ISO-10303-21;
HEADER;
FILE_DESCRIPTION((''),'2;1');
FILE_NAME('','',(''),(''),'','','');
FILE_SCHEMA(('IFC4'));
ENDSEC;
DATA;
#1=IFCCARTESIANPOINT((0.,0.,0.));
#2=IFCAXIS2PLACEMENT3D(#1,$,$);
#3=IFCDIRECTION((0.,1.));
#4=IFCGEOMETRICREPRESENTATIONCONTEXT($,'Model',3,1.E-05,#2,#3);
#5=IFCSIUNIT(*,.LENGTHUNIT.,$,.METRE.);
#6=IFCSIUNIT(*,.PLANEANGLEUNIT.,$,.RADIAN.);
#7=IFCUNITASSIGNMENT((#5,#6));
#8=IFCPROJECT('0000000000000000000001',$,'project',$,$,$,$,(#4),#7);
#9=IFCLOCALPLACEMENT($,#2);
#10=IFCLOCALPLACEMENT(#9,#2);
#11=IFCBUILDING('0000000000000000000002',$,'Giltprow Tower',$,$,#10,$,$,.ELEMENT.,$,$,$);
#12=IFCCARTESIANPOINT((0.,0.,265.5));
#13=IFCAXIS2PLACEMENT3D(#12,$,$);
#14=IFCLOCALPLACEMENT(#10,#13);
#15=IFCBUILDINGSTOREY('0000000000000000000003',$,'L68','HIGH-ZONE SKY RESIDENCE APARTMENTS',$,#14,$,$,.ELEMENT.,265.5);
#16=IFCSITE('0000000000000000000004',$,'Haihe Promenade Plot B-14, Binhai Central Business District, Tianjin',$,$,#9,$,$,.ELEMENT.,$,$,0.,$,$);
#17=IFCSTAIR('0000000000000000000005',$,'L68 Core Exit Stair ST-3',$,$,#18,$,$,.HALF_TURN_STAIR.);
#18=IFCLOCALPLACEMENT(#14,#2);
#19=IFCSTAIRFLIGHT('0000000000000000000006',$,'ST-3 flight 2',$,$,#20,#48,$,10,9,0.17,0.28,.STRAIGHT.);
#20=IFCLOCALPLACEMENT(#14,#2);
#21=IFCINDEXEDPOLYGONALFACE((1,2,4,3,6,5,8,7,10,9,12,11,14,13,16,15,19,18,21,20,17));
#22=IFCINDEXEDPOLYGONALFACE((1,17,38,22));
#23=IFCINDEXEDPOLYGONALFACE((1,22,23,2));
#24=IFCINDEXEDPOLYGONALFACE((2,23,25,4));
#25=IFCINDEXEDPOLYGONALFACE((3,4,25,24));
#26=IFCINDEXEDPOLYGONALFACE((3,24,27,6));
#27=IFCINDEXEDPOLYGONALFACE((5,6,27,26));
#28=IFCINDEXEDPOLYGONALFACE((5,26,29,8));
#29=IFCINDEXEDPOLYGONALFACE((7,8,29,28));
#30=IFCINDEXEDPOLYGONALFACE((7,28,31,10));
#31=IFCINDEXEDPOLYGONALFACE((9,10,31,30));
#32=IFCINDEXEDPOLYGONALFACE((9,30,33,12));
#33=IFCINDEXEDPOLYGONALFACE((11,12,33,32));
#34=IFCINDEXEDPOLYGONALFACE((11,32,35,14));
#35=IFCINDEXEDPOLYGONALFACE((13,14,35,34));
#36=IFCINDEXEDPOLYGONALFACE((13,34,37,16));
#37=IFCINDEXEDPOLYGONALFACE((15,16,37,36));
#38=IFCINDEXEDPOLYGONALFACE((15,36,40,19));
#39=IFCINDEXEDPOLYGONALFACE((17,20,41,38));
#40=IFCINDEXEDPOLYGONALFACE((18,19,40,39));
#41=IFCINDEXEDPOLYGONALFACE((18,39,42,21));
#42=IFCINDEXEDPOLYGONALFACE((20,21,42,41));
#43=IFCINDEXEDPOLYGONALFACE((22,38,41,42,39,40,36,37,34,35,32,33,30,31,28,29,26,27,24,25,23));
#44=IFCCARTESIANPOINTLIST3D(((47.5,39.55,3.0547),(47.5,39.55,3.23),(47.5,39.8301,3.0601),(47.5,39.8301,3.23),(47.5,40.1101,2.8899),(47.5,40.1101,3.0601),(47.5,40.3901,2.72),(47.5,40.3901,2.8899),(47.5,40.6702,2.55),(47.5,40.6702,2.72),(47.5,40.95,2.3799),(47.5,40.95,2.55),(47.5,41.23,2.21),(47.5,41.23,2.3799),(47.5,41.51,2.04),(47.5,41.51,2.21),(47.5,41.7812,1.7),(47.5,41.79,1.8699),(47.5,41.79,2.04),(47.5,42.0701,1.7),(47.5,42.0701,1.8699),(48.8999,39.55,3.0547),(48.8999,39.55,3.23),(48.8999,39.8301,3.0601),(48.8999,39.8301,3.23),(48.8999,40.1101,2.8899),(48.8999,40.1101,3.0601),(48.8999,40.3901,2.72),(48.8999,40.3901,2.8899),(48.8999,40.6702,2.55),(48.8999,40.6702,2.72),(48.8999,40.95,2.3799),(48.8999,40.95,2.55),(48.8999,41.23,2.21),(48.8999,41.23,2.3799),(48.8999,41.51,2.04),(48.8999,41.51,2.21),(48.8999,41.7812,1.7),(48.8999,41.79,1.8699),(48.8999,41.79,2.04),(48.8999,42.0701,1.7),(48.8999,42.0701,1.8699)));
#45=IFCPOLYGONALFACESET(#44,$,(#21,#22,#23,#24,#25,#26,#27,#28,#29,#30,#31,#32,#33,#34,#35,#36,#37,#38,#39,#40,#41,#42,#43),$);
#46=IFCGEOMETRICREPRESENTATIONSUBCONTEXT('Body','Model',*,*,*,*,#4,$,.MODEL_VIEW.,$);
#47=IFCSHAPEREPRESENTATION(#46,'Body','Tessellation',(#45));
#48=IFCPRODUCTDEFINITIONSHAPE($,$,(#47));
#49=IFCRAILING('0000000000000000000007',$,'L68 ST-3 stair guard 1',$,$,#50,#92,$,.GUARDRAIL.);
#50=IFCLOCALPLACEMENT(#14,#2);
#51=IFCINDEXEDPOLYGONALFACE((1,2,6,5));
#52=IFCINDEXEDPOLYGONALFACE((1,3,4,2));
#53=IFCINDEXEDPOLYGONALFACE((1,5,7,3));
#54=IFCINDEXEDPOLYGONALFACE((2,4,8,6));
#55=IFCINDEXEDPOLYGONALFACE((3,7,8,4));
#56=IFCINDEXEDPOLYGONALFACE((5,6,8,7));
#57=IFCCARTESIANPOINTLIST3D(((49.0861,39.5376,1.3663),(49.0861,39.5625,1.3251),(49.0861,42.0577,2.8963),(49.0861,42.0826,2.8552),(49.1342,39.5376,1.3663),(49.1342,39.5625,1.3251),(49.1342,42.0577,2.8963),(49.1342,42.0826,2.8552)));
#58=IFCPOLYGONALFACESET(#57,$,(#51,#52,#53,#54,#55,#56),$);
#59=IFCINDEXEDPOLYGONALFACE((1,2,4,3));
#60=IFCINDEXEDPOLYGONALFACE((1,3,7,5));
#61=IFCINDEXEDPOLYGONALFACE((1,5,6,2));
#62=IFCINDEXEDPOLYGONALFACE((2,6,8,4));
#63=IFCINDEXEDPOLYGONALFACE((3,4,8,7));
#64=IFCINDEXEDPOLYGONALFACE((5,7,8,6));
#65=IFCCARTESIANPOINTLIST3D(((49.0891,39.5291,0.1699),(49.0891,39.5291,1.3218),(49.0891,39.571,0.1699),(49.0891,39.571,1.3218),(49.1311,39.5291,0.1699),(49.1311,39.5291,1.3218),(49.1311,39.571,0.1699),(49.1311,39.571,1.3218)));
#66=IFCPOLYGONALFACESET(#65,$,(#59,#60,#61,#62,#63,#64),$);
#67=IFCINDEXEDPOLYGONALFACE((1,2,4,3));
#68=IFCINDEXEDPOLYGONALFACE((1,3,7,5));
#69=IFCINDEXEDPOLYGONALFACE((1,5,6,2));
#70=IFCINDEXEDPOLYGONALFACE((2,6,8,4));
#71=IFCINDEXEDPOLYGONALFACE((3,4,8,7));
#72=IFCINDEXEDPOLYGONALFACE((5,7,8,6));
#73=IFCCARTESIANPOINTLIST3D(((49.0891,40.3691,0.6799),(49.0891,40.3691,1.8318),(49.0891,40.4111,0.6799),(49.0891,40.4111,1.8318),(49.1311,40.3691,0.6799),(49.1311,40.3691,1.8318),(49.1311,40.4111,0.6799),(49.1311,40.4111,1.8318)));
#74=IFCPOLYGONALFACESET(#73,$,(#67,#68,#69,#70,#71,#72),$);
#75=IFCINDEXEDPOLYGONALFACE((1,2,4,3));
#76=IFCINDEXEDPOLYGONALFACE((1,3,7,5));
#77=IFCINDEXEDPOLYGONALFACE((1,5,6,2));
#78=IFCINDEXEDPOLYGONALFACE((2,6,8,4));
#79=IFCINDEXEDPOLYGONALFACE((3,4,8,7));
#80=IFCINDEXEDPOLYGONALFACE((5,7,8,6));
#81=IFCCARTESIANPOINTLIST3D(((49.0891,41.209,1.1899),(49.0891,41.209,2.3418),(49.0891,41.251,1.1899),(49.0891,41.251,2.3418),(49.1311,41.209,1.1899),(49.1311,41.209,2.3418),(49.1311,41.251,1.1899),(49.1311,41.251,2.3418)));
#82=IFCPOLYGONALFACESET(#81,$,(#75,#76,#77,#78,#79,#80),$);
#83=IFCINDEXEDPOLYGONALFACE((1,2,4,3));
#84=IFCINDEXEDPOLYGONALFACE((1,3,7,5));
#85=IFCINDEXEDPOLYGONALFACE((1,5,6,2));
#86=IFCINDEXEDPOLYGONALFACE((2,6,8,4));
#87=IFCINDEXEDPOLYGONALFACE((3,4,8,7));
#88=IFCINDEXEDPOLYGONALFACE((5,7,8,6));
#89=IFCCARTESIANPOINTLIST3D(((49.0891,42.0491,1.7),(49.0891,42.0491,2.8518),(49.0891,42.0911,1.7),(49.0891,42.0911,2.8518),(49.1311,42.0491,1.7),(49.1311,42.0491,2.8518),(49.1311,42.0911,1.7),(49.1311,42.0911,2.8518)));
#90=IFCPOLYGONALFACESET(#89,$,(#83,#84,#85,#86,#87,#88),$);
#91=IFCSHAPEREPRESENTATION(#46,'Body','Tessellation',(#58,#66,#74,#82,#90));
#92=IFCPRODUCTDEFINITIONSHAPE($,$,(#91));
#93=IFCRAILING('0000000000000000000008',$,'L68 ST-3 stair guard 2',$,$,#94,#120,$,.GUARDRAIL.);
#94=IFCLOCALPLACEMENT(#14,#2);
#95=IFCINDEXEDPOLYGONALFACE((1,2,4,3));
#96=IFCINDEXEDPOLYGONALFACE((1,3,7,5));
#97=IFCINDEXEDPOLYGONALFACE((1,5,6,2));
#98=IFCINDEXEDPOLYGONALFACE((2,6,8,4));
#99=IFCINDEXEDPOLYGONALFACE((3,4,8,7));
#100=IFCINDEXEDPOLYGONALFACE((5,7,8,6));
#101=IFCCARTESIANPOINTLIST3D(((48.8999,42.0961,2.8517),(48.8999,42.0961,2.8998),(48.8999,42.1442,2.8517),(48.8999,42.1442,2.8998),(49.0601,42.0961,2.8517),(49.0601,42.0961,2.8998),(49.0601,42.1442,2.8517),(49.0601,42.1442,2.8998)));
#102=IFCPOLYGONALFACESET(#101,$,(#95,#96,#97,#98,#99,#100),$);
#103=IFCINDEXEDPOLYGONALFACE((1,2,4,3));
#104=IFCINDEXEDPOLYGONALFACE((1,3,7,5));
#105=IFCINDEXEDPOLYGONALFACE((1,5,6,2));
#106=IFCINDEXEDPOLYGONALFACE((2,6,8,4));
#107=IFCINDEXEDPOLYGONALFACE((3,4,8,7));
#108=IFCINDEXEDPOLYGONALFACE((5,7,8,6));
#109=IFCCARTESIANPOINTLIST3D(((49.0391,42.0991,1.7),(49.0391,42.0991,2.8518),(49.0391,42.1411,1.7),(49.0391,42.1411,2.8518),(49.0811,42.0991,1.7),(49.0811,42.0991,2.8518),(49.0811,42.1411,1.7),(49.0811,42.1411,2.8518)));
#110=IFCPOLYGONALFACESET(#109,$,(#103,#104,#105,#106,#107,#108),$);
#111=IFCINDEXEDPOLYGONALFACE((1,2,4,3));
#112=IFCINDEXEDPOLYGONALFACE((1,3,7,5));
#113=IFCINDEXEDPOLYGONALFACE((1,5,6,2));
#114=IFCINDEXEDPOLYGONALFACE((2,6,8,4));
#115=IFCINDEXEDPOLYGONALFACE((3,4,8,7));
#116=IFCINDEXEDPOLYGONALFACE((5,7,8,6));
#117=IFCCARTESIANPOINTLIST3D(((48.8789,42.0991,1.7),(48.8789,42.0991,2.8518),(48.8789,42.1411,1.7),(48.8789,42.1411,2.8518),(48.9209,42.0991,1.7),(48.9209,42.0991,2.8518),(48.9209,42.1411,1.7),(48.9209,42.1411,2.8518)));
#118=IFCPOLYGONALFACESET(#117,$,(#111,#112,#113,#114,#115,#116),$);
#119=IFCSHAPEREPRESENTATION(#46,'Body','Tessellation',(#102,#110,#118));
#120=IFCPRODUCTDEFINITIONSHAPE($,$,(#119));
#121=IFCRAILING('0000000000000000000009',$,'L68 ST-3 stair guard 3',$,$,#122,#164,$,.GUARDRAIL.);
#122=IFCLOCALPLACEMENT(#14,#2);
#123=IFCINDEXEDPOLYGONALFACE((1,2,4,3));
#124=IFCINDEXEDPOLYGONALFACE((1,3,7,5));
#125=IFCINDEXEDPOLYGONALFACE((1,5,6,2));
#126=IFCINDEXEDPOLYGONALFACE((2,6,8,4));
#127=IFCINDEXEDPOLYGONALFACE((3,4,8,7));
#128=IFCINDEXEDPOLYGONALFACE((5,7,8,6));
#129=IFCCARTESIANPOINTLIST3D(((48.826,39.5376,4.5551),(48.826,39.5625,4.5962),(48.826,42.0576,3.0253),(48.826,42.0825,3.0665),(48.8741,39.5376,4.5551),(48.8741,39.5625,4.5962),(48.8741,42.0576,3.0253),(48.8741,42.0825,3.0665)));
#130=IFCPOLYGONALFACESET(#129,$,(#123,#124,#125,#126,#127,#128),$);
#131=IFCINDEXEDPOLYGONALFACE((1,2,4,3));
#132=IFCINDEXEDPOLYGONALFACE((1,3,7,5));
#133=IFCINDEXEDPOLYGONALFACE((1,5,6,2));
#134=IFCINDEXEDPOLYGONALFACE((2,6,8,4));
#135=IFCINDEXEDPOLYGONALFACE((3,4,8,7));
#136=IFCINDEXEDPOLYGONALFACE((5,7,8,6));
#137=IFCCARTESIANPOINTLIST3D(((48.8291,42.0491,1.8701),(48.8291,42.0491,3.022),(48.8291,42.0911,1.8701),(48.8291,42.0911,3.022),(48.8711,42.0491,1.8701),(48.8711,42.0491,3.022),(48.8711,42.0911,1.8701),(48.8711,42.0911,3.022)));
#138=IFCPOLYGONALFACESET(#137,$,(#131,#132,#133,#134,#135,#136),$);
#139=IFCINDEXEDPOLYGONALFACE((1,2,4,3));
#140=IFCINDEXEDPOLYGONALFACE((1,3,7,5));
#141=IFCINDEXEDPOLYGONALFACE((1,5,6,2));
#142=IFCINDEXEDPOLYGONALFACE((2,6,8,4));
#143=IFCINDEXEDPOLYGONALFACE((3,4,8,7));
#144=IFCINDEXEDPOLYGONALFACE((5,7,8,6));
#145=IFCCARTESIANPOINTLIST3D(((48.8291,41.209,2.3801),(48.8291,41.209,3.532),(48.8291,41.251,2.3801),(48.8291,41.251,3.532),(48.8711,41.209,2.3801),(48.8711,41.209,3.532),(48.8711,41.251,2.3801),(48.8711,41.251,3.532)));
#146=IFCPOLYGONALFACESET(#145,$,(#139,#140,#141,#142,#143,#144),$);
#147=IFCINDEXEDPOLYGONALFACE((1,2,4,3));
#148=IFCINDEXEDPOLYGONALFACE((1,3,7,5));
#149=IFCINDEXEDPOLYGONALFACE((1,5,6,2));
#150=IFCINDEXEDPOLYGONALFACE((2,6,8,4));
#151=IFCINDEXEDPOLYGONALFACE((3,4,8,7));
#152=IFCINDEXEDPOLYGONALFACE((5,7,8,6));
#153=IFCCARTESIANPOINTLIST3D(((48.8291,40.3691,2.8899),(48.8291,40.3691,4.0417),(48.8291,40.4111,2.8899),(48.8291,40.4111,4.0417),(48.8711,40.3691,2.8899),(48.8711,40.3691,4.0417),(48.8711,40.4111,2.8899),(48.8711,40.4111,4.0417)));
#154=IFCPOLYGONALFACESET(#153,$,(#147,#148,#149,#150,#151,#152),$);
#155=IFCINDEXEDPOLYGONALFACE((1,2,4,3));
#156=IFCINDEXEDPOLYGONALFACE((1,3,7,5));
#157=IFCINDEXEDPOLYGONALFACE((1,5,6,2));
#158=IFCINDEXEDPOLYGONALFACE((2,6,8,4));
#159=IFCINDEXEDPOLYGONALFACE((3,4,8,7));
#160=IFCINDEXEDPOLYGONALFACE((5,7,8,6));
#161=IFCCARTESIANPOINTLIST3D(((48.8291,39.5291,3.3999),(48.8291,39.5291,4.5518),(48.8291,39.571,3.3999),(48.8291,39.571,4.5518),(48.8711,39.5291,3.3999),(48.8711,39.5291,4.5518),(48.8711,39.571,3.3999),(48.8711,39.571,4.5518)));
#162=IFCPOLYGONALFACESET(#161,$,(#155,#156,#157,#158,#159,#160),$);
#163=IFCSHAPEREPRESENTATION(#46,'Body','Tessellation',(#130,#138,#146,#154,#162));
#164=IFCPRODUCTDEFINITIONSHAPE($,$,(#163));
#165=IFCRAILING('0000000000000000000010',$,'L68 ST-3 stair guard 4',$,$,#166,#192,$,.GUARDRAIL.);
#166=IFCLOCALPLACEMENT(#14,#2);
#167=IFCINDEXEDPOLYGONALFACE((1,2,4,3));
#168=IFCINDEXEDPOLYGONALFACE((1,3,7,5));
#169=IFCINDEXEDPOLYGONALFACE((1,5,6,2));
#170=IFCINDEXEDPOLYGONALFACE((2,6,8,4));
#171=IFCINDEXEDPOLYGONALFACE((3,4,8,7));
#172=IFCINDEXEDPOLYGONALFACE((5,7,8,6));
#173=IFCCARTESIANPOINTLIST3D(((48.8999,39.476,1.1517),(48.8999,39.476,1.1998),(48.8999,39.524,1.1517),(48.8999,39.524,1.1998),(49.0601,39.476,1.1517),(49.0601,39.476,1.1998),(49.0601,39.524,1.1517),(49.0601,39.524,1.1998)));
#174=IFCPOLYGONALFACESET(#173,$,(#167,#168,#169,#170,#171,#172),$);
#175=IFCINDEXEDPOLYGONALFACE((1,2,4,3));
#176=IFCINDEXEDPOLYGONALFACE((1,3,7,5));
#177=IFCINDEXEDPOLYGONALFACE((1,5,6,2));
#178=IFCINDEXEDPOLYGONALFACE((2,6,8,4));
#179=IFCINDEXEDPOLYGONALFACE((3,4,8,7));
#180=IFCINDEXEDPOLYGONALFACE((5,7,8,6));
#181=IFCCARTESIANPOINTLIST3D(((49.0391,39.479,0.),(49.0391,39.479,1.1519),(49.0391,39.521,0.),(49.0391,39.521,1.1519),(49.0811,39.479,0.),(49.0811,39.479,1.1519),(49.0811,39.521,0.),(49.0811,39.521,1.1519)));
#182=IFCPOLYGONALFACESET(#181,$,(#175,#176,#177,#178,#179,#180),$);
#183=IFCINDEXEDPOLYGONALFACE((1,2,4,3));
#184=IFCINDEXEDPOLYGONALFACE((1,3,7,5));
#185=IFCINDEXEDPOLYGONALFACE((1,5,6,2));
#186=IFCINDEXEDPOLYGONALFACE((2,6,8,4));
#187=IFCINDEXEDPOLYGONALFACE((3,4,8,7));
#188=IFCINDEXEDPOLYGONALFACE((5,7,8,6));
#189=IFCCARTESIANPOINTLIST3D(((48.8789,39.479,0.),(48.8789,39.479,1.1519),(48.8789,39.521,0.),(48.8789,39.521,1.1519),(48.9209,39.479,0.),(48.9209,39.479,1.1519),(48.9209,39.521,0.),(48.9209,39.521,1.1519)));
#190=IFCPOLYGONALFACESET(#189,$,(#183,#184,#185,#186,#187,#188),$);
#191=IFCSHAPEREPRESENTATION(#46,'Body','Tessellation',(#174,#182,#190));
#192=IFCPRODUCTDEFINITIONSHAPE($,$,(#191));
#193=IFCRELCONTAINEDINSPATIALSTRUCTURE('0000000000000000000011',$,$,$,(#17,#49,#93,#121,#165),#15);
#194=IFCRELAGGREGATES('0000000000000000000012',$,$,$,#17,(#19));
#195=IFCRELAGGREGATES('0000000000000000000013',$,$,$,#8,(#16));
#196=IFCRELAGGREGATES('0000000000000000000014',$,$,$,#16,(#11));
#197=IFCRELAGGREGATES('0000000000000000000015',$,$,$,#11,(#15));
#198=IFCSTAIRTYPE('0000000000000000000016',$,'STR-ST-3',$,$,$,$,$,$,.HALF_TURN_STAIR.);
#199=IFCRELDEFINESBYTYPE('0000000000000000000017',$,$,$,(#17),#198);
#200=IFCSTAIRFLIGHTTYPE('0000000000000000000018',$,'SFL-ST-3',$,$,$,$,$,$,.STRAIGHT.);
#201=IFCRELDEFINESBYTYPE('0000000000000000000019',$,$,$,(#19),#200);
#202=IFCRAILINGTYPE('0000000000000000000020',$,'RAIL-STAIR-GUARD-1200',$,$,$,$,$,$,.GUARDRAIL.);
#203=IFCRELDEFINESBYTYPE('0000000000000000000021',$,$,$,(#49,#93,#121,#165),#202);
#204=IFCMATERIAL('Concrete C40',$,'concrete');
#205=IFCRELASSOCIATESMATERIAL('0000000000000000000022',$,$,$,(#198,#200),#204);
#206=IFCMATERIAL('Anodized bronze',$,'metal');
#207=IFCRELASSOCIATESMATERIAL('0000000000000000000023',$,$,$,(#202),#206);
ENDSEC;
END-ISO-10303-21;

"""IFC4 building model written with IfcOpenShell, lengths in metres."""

from ifc_helpers import new_model, si_unit, direction, frame, origin, origin_2d, place, context, subcontext, project, spatial, polyline, rectangle, outline, extrude, material, type_object, element, aggregate, save


model = new_model("IFC4")

# Units and contexts
model_context = context("Model", 3, precision=1e-05, world=origin(), true_north=direction((0.0, 1.0)))
body_context = subcontext(model_context, "Body", "Model", "MODEL_VIEW")
ifc_project = project(units=[si_unit("LENGTHUNIT", "METRE"), si_unit("PLANEANGLEUNIT", "RADIAN")], contexts=[model_context])

# Site, building, storey
site_placement = place(None, origin())
site = spatial("IfcSite", under=ifc_project, at=site_placement, Name="Haihe Promenade Plot B-14, Binhai Central Business District, Tianjin", CompositionType="ELEMENT", RefElevation=0.0)
building_placement = place(site_placement, origin())
building = spatial("IfcBuilding", under=site, at=building_placement, Name="Giltprow Tower", CompositionType="ELEMENT")
storey_placement = place(building_placement, frame((0.0, 0.0, 265.5)))
storey = spatial("IfcBuildingStorey", under=building, at=storey_placement, Name="L68", Description="HIGH-ZONE SKY RESIDENCE APARTMENTS", CompositionType="ELEMENT", Elevation=265.5)

# Stair, stair flight
ifc_material_1 = material(Name="Concrete C40", Category="concrete")
stair_type = type_object("IfcStairType", Name="STR-ST-3", PredefinedType="HALF_TURN_STAIR", material=ifc_material_1)
stair_placement = place(storey_placement, origin())
stair = element("IfcStair", 1, at=stair_placement, inside=storey, type_object=stair_type, Name="L68 Core Exit Stair ST-3", PredefinedType="HALF_TURN_STAIR")
stair_flight_type = type_object("IfcStairFlightType", Name="SFL-ST-3", PredefinedType="STRAIGHT", material=ifc_material_1)
stair_flight_1_placement = place(storey_placement, frame((48.2, 42.0701, 1.7), z_axis=(0.0, 0.0, 1.0), x_axis=(0.0, -1.0, 0.0)))
stair_flight_1 = element("IfcStairFlight", 2, at=stair_flight_1_placement, type_object=stair_flight_type, Name="ST-3 flight 2", NumberOfRisers=10, NumberOfTreads=9, PredefinedType="STRAIGHT", RiserHeight=0.17, TreadLength=0.28, context=body_context, shape_type="SweptSolid", body=[
    extrude(outline(polyline([(0.0, 0.0), (0.0, 0.1699), (0.28, 0.1699), (0.28, 0.3401), (0.5601, 0.3401), (0.5601, 0.51), (0.8401, 0.51), (0.8401, 0.6799), (1.1201, 0.6799), (1.1201, 0.8501), (1.3999, 0.8501), (1.3999, 1.02), (1.6799, 1.02), (1.6799, 1.1899), (1.96, 1.1899), (1.96, 1.3601), (2.24, 1.3601), (2.24, 1.53), (2.52, 1.53), (2.52, 1.7), (2.52, 1.3547), (0.2888, 0.0), (0.0, 0.0)])), frame((0.0, 0.7, 0.0), z_axis=(0.0, -1.0, 0.0), x_axis=(1.0, 0.0, 0.0)), (0.0, 0.0, 1.0), 1.3999),
])
aggregate(stair, [stair_flight_1])

# Railings
ifc_material_2 = material(Name="Anodized bronze", Category="metal")
railing_type_1 = type_object("IfcRailingType", Name="RAIL-STAIR-GUARD-1200", PredefinedType="GUARDRAIL", material=ifc_material_2)
railing_1_placement = place(storey_placement, frame((49.1101, 39.55, 0.1699)))
element("IfcRailing", 3, at=railing_1_placement, inside=storey, type_object=railing_type_1, Name="L68 ST-3 stair guard 1", PredefinedType="GUARDRAIL", context=body_context, shape_type="SweptSolid", body=[
    extrude(rectangle(XDim=0.0481, YDim=0.0481, at=origin_2d()), frame((0.0, 0.0, 1.1758), z_axis=(0.0, 0.854785, 0.518982), x_axis=(-1.0, 0.0, 0.0)), (0.0, 0.0, 1.0), 2.9482),
    extrude(rectangle(XDim=0.042, YDim=0.042, at=origin_2d()), origin(), (0.0, 0.0, 1.0), 1.1519),
    extrude(rectangle(XDim=0.042, YDim=0.042, at=origin_2d()), frame((0.0, 0.8401, 0.51)), (0.0, 0.0, 1.0), 1.1519),
    extrude(rectangle(XDim=0.042, YDim=0.042, at=origin_2d()), frame((0.0, 1.6799, 1.02)), (0.0, 0.0, 1.0), 1.1519),
    extrude(rectangle(XDim=0.042, YDim=0.042, at=origin_2d()), frame((0.0, 2.52, 1.53)), (0.0, 0.0, 1.0), 1.1519),
])
railing_2_placement = place(storey_placement, frame((49.0601, 42.1201, 1.7)))
element("IfcRailing", 4, at=railing_2_placement, inside=storey, type_object=railing_type_1, Name="L68 ST-3 stair guard 2", PredefinedType="GUARDRAIL", context=body_context, shape_type="SweptSolid", body=[
    extrude(rectangle(XDim=0.0481, YDim=0.0481, at=origin_2d()), frame((0.0, 0.0, 1.1758), z_axis=(-1.0, 0.0, 0.0), x_axis=(0.0, -1.0, 0.0)), (0.0, 0.0, 1.0), 0.1602),
    extrude(rectangle(XDim=0.042, YDim=0.042, at=origin_2d()), origin(), (0.0, 0.0, 1.0), 1.1519),
    extrude(rectangle(XDim=0.042, YDim=0.042, at=origin_2d()), frame((-0.1602, 0.0, 0.0)), (0.0, 0.0, 1.0), 1.1519),
])
railing_3_placement = place(storey_placement, frame((48.8501, 42.0701, 1.8701)))
element("IfcRailing", 5, at=railing_3_placement, inside=storey, type_object=railing_type_1, Name="L68 ST-3 stair guard 3", PredefinedType="GUARDRAIL", context=body_context, shape_type="SweptSolid", body=[
    extrude(rectangle(XDim=0.0481, YDim=0.0481, at=origin_2d()), frame((0.0, 0.0, 1.1758), z_axis=(0.0, -0.854822, 0.518922), x_axis=(1.0, 0.0, 0.0)), (0.0, 0.0, 1.0), 2.948),
    extrude(rectangle(XDim=0.042, YDim=0.042, at=origin_2d()), origin(), (0.0, 0.0, 1.0), 1.1519),
    extrude(rectangle(XDim=0.042, YDim=0.042, at=origin_2d()), frame((0.0, -0.8401, 0.51)), (0.0, 0.0, 1.0), 1.1519),
    extrude(rectangle(XDim=0.042, YDim=0.042, at=origin_2d()), frame((0.0, -1.6799, 1.0198)), (0.0, 0.0, 1.0), 1.1519),
    extrude(rectangle(XDim=0.042, YDim=0.042, at=origin_2d()), frame((0.0, -2.52, 1.5298)), (0.0, 0.0, 1.0), 1.1519),
])
railing_4_placement = place(storey_placement, frame((49.0601, 39.5, 0.0)))
element("IfcRailing", 6, at=railing_4_placement, inside=storey, type_object=railing_type_1, Name="L68 ST-3 stair guard 4", PredefinedType="GUARDRAIL", context=body_context, shape_type="SweptSolid", body=[
    extrude(rectangle(XDim=0.0481, YDim=0.0481, at=origin_2d()), frame((0.0, 0.0, 1.1758), z_axis=(-1.0, 0.0, 0.0), x_axis=(0.0, -1.0, 0.0)), (0.0, 0.0, 1.0), 0.1602),
    extrude(rectangle(XDim=0.042, YDim=0.042, at=origin_2d()), origin(), (0.0, 0.0, 1.0), 1.1519),
    extrude(rectangle(XDim=0.042, YDim=0.042, at=origin_2d()), frame((-0.1602, 0.0, 0.0)), (0.0, 0.0, 1.0), 1.1519),
])

save(model, "model.ifc")
